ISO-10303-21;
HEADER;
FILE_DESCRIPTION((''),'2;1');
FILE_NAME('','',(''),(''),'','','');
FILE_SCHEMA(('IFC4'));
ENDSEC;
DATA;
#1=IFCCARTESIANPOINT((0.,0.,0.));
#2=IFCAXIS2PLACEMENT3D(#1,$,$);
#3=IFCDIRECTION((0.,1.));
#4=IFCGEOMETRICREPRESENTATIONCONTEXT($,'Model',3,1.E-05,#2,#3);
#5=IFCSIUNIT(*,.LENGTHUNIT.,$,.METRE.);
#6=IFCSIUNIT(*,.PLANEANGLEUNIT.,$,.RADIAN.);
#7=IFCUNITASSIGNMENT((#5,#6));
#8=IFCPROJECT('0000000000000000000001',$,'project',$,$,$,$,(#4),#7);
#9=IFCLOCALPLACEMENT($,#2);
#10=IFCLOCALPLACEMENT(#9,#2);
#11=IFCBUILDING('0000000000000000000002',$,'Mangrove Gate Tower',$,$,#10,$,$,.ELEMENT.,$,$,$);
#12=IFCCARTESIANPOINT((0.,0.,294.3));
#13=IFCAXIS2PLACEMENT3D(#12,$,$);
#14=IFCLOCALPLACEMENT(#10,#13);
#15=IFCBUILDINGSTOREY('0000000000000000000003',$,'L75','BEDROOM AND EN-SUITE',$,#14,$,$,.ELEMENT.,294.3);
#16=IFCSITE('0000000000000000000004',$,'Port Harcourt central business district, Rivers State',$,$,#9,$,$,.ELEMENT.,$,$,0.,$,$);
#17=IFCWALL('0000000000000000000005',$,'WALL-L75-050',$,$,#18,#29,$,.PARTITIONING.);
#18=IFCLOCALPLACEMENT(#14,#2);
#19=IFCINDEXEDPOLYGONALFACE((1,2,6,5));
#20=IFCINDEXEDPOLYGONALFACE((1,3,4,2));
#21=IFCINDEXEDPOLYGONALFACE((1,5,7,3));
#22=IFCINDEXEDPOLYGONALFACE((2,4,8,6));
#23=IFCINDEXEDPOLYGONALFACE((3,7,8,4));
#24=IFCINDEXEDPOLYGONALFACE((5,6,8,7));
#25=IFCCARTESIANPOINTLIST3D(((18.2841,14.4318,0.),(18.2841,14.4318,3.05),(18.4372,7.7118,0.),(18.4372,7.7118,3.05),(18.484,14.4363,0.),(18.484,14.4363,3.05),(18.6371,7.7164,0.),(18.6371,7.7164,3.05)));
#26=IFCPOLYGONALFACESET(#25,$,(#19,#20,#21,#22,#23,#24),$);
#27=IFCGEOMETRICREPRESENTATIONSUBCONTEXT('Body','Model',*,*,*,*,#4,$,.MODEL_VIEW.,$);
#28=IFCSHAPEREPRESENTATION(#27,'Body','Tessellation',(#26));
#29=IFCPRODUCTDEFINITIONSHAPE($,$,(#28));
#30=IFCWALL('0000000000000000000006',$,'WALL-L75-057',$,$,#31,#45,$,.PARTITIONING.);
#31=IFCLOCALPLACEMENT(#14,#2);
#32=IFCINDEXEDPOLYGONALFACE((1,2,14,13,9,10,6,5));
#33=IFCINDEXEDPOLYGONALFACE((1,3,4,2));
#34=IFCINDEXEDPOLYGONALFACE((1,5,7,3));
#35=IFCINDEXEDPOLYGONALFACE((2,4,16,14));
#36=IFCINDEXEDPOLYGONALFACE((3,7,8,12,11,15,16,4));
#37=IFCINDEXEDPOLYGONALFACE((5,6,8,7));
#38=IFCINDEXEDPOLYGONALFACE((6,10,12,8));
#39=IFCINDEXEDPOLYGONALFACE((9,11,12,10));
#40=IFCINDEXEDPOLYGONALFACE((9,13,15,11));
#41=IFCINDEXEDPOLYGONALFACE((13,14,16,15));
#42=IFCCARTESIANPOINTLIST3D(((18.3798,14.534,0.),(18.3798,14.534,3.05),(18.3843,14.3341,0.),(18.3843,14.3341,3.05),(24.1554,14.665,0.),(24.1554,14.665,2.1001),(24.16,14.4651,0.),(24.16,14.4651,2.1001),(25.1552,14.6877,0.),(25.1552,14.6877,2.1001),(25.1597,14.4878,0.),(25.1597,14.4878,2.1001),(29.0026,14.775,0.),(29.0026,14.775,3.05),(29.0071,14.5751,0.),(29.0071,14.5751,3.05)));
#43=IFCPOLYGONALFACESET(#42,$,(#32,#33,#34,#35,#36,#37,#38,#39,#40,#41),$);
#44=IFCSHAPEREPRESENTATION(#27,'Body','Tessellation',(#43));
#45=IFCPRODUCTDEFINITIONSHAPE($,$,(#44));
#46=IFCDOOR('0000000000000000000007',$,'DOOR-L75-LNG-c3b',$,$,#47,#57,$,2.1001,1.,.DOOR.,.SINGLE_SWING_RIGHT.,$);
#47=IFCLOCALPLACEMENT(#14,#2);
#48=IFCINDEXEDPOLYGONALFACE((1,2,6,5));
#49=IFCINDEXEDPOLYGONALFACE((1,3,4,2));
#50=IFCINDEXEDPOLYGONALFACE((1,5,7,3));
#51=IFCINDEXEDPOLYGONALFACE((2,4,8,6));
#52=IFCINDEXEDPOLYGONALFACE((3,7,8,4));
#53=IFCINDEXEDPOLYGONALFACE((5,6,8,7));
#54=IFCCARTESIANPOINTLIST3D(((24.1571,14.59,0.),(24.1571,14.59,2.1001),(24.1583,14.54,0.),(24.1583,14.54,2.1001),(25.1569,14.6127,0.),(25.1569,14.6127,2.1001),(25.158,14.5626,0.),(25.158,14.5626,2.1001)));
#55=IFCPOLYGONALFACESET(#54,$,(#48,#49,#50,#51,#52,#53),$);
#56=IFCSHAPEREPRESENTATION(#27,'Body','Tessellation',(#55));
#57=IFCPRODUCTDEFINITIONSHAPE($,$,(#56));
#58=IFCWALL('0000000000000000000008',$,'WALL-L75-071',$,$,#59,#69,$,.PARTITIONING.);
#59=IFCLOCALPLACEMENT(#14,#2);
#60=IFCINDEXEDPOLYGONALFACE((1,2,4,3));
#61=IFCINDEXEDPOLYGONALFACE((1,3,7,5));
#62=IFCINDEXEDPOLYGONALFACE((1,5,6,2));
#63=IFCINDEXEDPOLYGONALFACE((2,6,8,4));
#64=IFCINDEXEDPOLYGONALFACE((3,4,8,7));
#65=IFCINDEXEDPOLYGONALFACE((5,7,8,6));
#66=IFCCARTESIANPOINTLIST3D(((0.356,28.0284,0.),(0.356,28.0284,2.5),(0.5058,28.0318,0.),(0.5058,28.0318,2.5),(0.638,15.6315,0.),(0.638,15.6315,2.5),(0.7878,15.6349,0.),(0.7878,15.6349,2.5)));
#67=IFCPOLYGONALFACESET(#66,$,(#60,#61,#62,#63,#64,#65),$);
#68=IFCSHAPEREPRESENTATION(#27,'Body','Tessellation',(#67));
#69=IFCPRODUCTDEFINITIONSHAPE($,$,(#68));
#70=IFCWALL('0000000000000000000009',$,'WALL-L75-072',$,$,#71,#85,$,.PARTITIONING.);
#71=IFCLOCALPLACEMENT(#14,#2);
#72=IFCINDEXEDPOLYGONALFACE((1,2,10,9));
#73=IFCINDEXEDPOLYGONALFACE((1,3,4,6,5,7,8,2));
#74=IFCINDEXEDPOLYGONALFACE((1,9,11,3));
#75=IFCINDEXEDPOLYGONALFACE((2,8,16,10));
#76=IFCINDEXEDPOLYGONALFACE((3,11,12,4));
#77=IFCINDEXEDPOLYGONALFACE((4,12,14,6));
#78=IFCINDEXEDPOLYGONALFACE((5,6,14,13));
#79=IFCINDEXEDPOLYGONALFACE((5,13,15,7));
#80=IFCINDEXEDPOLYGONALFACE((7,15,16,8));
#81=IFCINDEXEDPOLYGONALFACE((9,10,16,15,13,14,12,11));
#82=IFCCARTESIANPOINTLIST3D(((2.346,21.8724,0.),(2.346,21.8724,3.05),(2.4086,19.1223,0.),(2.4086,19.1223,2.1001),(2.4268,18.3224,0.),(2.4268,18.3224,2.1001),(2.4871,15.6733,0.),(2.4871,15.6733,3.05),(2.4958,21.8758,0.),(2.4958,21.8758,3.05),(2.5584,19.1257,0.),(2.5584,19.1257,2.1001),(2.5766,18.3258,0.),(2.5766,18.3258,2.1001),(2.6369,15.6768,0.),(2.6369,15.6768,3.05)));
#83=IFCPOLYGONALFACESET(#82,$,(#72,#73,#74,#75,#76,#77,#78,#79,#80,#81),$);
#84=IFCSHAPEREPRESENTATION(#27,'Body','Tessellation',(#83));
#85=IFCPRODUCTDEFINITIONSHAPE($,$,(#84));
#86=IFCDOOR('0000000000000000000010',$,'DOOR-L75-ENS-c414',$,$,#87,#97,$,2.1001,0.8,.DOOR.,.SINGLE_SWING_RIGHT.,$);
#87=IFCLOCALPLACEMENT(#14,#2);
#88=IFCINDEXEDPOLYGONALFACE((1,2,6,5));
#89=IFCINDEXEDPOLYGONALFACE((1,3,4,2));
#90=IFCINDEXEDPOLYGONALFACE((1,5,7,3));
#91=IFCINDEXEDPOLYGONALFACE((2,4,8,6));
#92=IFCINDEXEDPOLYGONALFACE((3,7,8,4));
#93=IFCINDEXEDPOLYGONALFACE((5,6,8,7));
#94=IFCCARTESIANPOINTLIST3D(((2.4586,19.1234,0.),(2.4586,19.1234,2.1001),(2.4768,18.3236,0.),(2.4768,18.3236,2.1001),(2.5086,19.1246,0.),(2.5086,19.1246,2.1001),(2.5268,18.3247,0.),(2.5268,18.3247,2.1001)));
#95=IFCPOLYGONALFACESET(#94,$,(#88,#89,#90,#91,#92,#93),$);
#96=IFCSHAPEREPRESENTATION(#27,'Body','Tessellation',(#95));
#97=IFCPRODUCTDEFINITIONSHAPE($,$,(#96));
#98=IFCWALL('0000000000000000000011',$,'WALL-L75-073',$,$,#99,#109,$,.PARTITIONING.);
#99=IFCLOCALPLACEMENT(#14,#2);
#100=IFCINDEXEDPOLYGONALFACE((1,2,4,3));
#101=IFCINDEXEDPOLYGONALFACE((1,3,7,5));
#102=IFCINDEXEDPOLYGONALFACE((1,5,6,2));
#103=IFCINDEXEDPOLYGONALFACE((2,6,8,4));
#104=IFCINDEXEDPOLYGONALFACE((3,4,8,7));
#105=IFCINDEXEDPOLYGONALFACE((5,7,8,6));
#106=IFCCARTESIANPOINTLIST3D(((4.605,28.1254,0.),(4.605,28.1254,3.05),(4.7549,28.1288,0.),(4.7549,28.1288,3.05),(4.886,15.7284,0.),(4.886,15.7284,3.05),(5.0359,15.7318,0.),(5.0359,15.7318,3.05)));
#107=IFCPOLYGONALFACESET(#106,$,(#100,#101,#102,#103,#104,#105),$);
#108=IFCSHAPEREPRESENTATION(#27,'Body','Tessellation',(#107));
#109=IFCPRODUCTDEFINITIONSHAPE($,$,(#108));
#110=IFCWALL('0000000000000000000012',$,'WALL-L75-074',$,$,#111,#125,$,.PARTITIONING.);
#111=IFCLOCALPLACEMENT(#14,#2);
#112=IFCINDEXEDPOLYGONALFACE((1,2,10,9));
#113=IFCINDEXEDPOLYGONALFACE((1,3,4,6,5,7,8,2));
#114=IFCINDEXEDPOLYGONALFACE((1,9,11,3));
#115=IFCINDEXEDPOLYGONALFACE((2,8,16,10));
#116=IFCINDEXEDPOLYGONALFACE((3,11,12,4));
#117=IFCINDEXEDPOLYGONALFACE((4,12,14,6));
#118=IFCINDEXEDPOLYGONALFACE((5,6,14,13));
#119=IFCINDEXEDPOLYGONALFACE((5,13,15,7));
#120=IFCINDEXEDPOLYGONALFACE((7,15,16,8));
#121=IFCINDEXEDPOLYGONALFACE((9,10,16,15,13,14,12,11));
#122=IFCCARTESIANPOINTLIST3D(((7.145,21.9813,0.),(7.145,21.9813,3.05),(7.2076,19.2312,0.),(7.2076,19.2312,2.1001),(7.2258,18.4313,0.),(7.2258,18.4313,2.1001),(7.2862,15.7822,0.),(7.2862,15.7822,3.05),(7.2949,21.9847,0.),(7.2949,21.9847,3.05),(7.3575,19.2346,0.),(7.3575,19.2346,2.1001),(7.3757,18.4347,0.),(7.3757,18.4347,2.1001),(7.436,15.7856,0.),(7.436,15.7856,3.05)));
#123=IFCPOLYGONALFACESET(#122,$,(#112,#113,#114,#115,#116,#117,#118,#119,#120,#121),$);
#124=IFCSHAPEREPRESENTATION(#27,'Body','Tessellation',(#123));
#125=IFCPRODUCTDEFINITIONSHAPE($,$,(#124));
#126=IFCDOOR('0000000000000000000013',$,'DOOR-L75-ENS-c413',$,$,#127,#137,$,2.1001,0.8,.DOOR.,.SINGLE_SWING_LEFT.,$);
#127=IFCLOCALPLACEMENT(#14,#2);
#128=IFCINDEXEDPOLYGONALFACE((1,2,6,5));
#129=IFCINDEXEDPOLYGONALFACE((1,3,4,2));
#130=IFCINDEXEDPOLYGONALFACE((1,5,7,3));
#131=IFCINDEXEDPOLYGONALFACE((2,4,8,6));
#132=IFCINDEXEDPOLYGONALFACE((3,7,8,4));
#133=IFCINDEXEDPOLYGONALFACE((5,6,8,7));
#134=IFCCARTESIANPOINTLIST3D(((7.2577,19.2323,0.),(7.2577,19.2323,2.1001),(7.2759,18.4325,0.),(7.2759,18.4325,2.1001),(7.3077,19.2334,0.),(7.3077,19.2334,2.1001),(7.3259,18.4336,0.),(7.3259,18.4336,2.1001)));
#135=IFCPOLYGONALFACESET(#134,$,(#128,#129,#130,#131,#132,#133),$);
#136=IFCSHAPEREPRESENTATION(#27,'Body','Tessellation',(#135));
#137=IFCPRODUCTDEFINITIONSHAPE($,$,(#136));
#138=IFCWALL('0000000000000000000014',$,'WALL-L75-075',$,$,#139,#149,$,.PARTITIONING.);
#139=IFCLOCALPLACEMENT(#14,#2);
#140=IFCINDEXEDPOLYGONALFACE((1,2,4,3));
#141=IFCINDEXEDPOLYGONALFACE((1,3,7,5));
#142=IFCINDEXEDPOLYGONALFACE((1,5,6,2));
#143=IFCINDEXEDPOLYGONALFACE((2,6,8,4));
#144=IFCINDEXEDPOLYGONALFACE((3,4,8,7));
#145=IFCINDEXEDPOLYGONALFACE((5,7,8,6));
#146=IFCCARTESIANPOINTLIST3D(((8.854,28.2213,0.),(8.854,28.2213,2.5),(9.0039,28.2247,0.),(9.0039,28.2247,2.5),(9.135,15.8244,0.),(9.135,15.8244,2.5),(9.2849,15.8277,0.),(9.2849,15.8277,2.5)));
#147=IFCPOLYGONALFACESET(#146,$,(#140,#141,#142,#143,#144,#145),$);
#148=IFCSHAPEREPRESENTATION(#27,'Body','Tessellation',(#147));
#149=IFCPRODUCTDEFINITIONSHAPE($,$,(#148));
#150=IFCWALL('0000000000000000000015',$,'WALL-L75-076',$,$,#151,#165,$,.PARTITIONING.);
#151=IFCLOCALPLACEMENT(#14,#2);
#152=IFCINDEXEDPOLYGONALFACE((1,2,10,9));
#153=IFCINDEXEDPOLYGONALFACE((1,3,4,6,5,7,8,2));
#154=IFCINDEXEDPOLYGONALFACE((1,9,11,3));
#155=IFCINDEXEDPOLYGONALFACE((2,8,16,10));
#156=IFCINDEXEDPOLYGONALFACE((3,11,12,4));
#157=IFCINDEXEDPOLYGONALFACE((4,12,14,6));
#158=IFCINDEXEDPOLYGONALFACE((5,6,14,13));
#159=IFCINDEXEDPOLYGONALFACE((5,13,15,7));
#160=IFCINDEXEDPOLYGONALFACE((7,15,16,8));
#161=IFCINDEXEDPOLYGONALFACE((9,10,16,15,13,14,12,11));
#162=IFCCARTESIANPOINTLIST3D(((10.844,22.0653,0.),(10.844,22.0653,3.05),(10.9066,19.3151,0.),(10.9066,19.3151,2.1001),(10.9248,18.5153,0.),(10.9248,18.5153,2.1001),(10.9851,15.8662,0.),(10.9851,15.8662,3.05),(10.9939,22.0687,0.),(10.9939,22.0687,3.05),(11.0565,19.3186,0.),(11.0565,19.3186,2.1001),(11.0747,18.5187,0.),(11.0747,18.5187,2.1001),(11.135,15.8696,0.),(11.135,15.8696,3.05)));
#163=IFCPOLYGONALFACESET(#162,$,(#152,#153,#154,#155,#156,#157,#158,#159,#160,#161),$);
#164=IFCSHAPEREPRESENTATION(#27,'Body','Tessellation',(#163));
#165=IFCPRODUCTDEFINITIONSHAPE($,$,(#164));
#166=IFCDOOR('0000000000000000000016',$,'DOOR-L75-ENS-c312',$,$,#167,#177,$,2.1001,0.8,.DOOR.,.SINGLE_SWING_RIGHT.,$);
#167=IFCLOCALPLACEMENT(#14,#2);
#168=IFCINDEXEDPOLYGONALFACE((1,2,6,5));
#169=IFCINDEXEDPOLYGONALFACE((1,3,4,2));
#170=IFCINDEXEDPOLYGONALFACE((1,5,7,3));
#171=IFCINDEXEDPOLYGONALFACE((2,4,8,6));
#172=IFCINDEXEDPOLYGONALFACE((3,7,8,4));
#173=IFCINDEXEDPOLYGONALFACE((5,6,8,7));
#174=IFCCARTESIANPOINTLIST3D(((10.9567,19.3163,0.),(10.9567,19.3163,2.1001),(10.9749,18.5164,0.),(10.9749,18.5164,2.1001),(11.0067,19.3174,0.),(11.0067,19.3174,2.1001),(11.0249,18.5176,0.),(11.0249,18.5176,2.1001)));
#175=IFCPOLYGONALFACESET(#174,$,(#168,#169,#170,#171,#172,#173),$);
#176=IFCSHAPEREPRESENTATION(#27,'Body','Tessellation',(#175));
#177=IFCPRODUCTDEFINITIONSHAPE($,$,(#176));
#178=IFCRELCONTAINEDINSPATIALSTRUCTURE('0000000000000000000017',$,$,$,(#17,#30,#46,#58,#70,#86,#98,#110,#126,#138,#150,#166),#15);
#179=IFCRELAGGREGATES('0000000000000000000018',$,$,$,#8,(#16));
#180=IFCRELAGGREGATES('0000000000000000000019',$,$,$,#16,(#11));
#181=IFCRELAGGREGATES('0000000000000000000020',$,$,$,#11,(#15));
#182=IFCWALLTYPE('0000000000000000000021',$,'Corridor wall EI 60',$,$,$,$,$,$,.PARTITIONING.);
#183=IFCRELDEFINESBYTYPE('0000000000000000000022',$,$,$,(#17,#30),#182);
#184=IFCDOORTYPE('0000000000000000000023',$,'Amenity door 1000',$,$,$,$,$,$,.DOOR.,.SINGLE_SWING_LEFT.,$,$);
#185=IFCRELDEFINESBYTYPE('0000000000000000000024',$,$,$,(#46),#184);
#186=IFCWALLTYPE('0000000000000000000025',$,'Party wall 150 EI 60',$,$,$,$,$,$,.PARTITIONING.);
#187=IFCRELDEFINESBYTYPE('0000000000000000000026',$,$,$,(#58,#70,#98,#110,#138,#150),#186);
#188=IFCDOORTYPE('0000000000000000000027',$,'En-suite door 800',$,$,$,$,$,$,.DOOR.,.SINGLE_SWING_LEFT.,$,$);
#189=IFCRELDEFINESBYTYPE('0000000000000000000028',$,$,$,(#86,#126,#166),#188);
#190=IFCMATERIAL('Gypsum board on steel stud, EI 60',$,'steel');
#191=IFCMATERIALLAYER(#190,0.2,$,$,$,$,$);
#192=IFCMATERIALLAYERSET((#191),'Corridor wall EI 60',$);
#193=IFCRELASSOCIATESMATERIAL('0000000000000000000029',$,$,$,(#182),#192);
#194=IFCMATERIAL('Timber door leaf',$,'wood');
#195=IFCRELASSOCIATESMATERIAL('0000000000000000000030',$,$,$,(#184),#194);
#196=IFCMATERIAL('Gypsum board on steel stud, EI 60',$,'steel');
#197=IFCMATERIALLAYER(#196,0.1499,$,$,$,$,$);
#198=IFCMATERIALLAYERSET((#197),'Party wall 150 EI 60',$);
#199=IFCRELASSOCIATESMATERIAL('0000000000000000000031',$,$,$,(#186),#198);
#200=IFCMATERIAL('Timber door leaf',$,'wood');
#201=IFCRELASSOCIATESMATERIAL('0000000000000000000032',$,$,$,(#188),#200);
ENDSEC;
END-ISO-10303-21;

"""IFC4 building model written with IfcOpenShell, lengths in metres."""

from ifc_helpers import new_model, si_unit, direction, frame, frame_2d, origin, place, context, subcontext, project, spatial, rectangle, extrude, material, layer, layer_set, type_object, element, fill, save


model = new_model("IFC4")

# Units and contexts
model_context = context("Model", 3, precision=1e-05, world=origin(), true_north=direction((0.0, 1.0)))
body_context = subcontext(model_context, "Body", "Model", "MODEL_VIEW")
ifc_project = project(units=[si_unit("LENGTHUNIT", "METRE"), si_unit("PLANEANGLEUNIT", "RADIAN")], contexts=[model_context])

# Site, building, storey
site_placement = place(None, origin())
site = spatial("IfcSite", under=ifc_project, at=site_placement, Name="Port Harcourt central business district, Rivers State", CompositionType="ELEMENT", RefElevation=0.0)
building_placement = place(site_placement, origin())
building = spatial("IfcBuilding", under=site, at=building_placement, Name="Mangrove Gate Tower", CompositionType="ELEMENT")
storey_placement = place(building_placement, frame((0.0, 0.0, 294.3)))
storey = spatial("IfcBuildingStorey", under=building, at=storey_placement, Name="L75", Description="BEDROOM AND EN-SUITE", CompositionType="ELEMENT", Elevation=294.3)

# Wall
ifc_material_1 = material(Name="Gypsum board on steel stud, EI 60", Category="steel")
ifc_layer_1 = layer(ifc_material_1, 0.2)
ifc_layer_set_1 = layer_set([ifc_layer_1], Name="Corridor wall EI 60")
wall_type_1 = type_object("IfcWallType", Name="Corridor wall EI 60", PredefinedType="PARTITIONING", material=ifc_layer_set_1)
wall_1_placement = place(storey_placement, frame((18.5371, 7.7141, 0.0), z_axis=(0.0, 0.0, 1.0), x_axis=(-0.022773, 0.999741, 0.0)))
element("IfcWall", 1, at=wall_1_placement, inside=storey, type_object=wall_type_1, Name="WALL-L75-050", PredefinedType="PARTITIONING", context=body_context, shape_type="SweptSolid", body=[
    extrude(rectangle(XDim=6.7217, YDim=0.2, at=frame_2d((3.3608, 0.0))), origin(), (0.0, 0.0, 1.0), 3.05),
])

# Wall, opening, door
wall_2_placement = place(storey_placement, frame((18.3821, 14.4341, 0.0), z_axis=(0.0, 0.0, 1.0), x_axis=(0.999743, 0.022678, 0.0)))
wall_2 = element("IfcWall", 2, at=wall_2_placement, inside=storey, type_object=wall_type_1, Name="WALL-L75-057", PredefinedType="PARTITIONING", context=body_context, shape_type="SweptSolid", body=[
    extrude(rectangle(XDim=10.6255, YDim=0.2, at=frame_2d((5.3127, 0.0))), origin(), (0.0, 0.0, 1.0), 3.05),
])
opening_1_placement = place(wall_2_placement, frame((5.7771, 0.0, 0.0)))
opening_1 = element("IfcOpeningElement", 3, at=opening_1_placement, cuts=wall_2, PredefinedType="OPENING", context=body_context, shape_type="SweptSolid", body=[
    extrude(rectangle(XDim=1.0, YDim=2.1001, at=frame_2d((0.5, 1.05))), frame((0.0, 0.1099, 0.0), z_axis=(0.0, -1.0, 0.0), x_axis=(1.0, 0.0, 0.0)), (0.0, 0.0, 1.0), 0.22),
])
ifc_material_2 = material(Name="Timber door leaf", Category="wood")
door_type_1 = type_object("IfcDoorType", Name="Amenity door 1000", OperationType="SINGLE_SWING_LEFT", PredefinedType="DOOR", material=ifc_material_2)
door_1_placement = place(opening_1_placement, origin())
door_1 = element("IfcDoor", 4, at=door_1_placement, inside=storey, type_object=door_type_1, Name="DOOR-L75-LNG-c3b", OperationType="SINGLE_SWING_RIGHT", OverallHeight=2.1001, OverallWidth=1.0, PredefinedType="DOOR", context=body_context, shape_type="SweptSolid", body=[
    extrude(rectangle(XDim=1.0, YDim=2.1001, at=frame_2d((0.5, 1.05))), frame((0.0, 0.0249, 0.0), z_axis=(0.0, -1.0, 0.0), x_axis=(1.0, 0.0, 0.0)), (0.0, 0.0, 1.0), 0.05),
])
fill(opening_1, door_1)

# Wall
ifc_material_3 = material(Name="Gypsum board on steel stud, EI 60", Category="steel")
ifc_layer_2 = layer(ifc_material_3, 0.1499)
ifc_layer_set_2 = layer_set([ifc_layer_2], Name="Party wall 150 EI 60")
wall_type_2 = type_object("IfcWallType", Name="Party wall 150 EI 60", PredefinedType="PARTITIONING", material=ifc_layer_set_2)
wall_3_placement = place(storey_placement, frame((0.7129, 15.6331, 0.0), z_axis=(0.0, 0.0, 1.0), x_axis=(-0.02274, 0.999741, 0.0)))
element("IfcWall", 5, at=wall_3_placement, inside=storey, type_object=wall_type_2, Name="WALL-L75-071", PredefinedType="PARTITIONING", context=body_context, shape_type="SweptSolid", body=[
    extrude(rectangle(XDim=12.4001, YDim=0.1499, at=frame_2d((6.2002, 0.0))), origin(), (0.0, 0.0, 1.0), 2.5),
])

# Wall, opening, door
wall_4_placement = place(storey_placement, frame((2.562, 15.675, 0.0), z_axis=(0.0, 0.0, 1.0), x_axis=(-0.022758, 0.999741, 0.0)))
wall_4 = element("IfcWall", 6, at=wall_4_placement, inside=storey, type_object=wall_type_2, Name="WALL-L75-072", PredefinedType="PARTITIONING", context=body_context, shape_type="SweptSolid", body=[
    extrude(rectangle(XDim=6.2007, YDim=0.1499, at=frame_2d((3.1003, 0.0))), origin(), (0.0, 0.0, 1.0), 3.05),
])
opening_2_placement = place(wall_4_placement, frame((2.6499, 0.0, 0.0)))
opening_2 = element("IfcOpeningElement", 7, at=opening_2_placement, cuts=wall_4, PredefinedType="OPENING", context=body_context, shape_type="SweptSolid", body=[
    extrude(rectangle(XDim=0.8, YDim=2.1001, at=frame_2d((0.3999, 1.05))), frame((0.0, 0.085, 0.0), z_axis=(0.0, -1.0, 0.0), x_axis=(1.0, 0.0, 0.0)), (0.0, 0.0, 1.0), 0.1699),
])
ifc_material_4 = material(Name="Timber door leaf", Category="wood")
door_type_2 = type_object("IfcDoorType", Name="En-suite door 800", OperationType="SINGLE_SWING_LEFT", PredefinedType="DOOR", material=ifc_material_4)
door_2_placement = place(opening_2_placement, origin())
door_2 = element("IfcDoor", 8, at=door_2_placement, inside=storey, type_object=door_type_2, Name="DOOR-L75-ENS-c414", OperationType="SINGLE_SWING_RIGHT", OverallHeight=2.1001, OverallWidth=0.8, PredefinedType="DOOR", context=body_context, shape_type="SweptSolid", body=[
    extrude(rectangle(XDim=0.8, YDim=2.1001, at=frame_2d((0.3999, 1.05))), frame((0.0, 0.0249, 0.0), z_axis=(0.0, -1.0, 0.0), x_axis=(1.0, 0.0, 0.0)), (0.0, 0.0, 1.0), 0.05),
])
fill(opening_2, door_2)

# Wall
wall_5_placement = place(storey_placement, frame((4.9609, 15.73, 0.0), z_axis=(0.0, 0.0, 1.0), x_axis=(-0.022661, 0.999743, 0.0)))
element("IfcWall", 9, at=wall_5_placement, inside=storey, type_object=wall_type_2, Name="WALL-L75-073", PredefinedType="PARTITIONING", context=body_context, shape_type="SweptSolid", body=[
    extrude(rectangle(XDim=12.4001, YDim=0.1499, at=frame_2d((6.2002, 0.0))), origin(), (0.0, 0.0, 1.0), 3.05),
])

# Wall, opening, door
wall_6_placement = place(storey_placement, frame((7.3611, 15.7839, 0.0), z_axis=(0.0, 0.0, 1.0), x_axis=(-0.022758, 0.999741, 0.0)))
wall_6 = element("IfcWall", 10, at=wall_6_placement, inside=storey, type_object=wall_type_2, Name="WALL-L75-074", PredefinedType="PARTITIONING", context=body_context, shape_type="SweptSolid", body=[
    extrude(rectangle(XDim=6.2007, YDim=0.1499, at=frame_2d((3.1003, 0.0))), origin(), (0.0, 0.0, 1.0), 3.05),
])
opening_3_placement = place(wall_6_placement, frame((2.6499, 0.0, 0.0)))
opening_3 = element("IfcOpeningElement", 11, at=opening_3_placement, cuts=wall_6, PredefinedType="OPENING", context=body_context, shape_type="SweptSolid", body=[
    extrude(rectangle(XDim=0.8, YDim=2.1001, at=frame_2d((0.3999, 1.05))), frame((0.0, 0.085, 0.0), z_axis=(0.0, -1.0, 0.0), x_axis=(1.0, 0.0, 0.0)), (0.0, 0.0, 1.0), 0.1699),
])
door_3_placement = place(opening_3_placement, origin())
door_3 = element("IfcDoor", 12, at=door_3_placement, inside=storey, type_object=door_type_2, Name="DOOR-L75-ENS-c413", OperationType="SINGLE_SWING_LEFT", OverallHeight=2.1001, OverallWidth=0.8, PredefinedType="DOOR", context=body_context, shape_type="SweptSolid", body=[
    extrude(rectangle(XDim=0.8, YDim=2.1001, at=frame_2d((0.3999, 1.05))), frame((0.0, 0.0249, 0.0), z_axis=(0.0, -1.0, 0.0), x_axis=(1.0, 0.0, 0.0)), (0.0, 0.0, 1.0), 0.05),
])
fill(opening_3, door_3)

# Wall
wall_7_placement = place(storey_placement, frame((9.21, 15.8259, 0.0), z_axis=(0.0, 0.0, 1.0), x_axis=(-0.022661, 0.999743, 0.0)))
element("IfcWall", 13, at=wall_7_placement, inside=storey, type_object=wall_type_2, Name="WALL-L75-075", PredefinedType="PARTITIONING", context=body_context, shape_type="SweptSolid", body=[
    extrude(rectangle(XDim=12.4001, YDim=0.1499, at=frame_2d((6.2002, 0.0))), origin(), (0.0, 0.0, 1.0), 2.5),
])

# Wall, opening, door
wall_8_placement = place(storey_placement, frame((11.0601, 15.8679, 0.0), z_axis=(0.0, 0.0, 1.0), x_axis=(-0.022758, 0.999741, 0.0)))
wall_8 = element("IfcWall", 14, at=wall_8_placement, inside=storey, type_object=wall_type_2, Name="WALL-L75-076", PredefinedType="PARTITIONING", context=body_context, shape_type="SweptSolid", body=[
    extrude(rectangle(XDim=6.2007, YDim=0.1499, at=frame_2d((3.1003, 0.0))), origin(), (0.0, 0.0, 1.0), 3.05),
])
opening_4_placement = place(wall_8_placement, frame((2.6499, 0.0, 0.0)))
opening_4 = element("IfcOpeningElement", 15, at=opening_4_placement, cuts=wall_8, PredefinedType="OPENING", context=body_context, shape_type="SweptSolid", body=[
    extrude(rectangle(XDim=0.8, YDim=2.1001, at=frame_2d((0.3999, 1.05))), frame((0.0, 0.085, 0.0), z_axis=(0.0, -1.0, 0.0), x_axis=(1.0, 0.0, 0.0)), (0.0, 0.0, 1.0), 0.1699),
])
door_4_placement = place(opening_4_placement, origin())
door_4 = element("IfcDoor", 16, at=door_4_placement, inside=storey, type_object=door_type_2, Name="DOOR-L75-ENS-c312", OperationType="SINGLE_SWING_RIGHT", OverallHeight=2.1001, OverallWidth=0.8, PredefinedType="DOOR", context=body_context, shape_type="SweptSolid", body=[
    extrude(rectangle(XDim=0.8, YDim=2.1001, at=frame_2d((0.3999, 1.05))), frame((0.0, 0.0249, 0.0), z_axis=(0.0, -1.0, 0.0), x_axis=(1.0, 0.0, 0.0)), (0.0, 0.0, 1.0), 0.05),
])
fill(opening_4, door_4)

save(model, "model.ifc")
